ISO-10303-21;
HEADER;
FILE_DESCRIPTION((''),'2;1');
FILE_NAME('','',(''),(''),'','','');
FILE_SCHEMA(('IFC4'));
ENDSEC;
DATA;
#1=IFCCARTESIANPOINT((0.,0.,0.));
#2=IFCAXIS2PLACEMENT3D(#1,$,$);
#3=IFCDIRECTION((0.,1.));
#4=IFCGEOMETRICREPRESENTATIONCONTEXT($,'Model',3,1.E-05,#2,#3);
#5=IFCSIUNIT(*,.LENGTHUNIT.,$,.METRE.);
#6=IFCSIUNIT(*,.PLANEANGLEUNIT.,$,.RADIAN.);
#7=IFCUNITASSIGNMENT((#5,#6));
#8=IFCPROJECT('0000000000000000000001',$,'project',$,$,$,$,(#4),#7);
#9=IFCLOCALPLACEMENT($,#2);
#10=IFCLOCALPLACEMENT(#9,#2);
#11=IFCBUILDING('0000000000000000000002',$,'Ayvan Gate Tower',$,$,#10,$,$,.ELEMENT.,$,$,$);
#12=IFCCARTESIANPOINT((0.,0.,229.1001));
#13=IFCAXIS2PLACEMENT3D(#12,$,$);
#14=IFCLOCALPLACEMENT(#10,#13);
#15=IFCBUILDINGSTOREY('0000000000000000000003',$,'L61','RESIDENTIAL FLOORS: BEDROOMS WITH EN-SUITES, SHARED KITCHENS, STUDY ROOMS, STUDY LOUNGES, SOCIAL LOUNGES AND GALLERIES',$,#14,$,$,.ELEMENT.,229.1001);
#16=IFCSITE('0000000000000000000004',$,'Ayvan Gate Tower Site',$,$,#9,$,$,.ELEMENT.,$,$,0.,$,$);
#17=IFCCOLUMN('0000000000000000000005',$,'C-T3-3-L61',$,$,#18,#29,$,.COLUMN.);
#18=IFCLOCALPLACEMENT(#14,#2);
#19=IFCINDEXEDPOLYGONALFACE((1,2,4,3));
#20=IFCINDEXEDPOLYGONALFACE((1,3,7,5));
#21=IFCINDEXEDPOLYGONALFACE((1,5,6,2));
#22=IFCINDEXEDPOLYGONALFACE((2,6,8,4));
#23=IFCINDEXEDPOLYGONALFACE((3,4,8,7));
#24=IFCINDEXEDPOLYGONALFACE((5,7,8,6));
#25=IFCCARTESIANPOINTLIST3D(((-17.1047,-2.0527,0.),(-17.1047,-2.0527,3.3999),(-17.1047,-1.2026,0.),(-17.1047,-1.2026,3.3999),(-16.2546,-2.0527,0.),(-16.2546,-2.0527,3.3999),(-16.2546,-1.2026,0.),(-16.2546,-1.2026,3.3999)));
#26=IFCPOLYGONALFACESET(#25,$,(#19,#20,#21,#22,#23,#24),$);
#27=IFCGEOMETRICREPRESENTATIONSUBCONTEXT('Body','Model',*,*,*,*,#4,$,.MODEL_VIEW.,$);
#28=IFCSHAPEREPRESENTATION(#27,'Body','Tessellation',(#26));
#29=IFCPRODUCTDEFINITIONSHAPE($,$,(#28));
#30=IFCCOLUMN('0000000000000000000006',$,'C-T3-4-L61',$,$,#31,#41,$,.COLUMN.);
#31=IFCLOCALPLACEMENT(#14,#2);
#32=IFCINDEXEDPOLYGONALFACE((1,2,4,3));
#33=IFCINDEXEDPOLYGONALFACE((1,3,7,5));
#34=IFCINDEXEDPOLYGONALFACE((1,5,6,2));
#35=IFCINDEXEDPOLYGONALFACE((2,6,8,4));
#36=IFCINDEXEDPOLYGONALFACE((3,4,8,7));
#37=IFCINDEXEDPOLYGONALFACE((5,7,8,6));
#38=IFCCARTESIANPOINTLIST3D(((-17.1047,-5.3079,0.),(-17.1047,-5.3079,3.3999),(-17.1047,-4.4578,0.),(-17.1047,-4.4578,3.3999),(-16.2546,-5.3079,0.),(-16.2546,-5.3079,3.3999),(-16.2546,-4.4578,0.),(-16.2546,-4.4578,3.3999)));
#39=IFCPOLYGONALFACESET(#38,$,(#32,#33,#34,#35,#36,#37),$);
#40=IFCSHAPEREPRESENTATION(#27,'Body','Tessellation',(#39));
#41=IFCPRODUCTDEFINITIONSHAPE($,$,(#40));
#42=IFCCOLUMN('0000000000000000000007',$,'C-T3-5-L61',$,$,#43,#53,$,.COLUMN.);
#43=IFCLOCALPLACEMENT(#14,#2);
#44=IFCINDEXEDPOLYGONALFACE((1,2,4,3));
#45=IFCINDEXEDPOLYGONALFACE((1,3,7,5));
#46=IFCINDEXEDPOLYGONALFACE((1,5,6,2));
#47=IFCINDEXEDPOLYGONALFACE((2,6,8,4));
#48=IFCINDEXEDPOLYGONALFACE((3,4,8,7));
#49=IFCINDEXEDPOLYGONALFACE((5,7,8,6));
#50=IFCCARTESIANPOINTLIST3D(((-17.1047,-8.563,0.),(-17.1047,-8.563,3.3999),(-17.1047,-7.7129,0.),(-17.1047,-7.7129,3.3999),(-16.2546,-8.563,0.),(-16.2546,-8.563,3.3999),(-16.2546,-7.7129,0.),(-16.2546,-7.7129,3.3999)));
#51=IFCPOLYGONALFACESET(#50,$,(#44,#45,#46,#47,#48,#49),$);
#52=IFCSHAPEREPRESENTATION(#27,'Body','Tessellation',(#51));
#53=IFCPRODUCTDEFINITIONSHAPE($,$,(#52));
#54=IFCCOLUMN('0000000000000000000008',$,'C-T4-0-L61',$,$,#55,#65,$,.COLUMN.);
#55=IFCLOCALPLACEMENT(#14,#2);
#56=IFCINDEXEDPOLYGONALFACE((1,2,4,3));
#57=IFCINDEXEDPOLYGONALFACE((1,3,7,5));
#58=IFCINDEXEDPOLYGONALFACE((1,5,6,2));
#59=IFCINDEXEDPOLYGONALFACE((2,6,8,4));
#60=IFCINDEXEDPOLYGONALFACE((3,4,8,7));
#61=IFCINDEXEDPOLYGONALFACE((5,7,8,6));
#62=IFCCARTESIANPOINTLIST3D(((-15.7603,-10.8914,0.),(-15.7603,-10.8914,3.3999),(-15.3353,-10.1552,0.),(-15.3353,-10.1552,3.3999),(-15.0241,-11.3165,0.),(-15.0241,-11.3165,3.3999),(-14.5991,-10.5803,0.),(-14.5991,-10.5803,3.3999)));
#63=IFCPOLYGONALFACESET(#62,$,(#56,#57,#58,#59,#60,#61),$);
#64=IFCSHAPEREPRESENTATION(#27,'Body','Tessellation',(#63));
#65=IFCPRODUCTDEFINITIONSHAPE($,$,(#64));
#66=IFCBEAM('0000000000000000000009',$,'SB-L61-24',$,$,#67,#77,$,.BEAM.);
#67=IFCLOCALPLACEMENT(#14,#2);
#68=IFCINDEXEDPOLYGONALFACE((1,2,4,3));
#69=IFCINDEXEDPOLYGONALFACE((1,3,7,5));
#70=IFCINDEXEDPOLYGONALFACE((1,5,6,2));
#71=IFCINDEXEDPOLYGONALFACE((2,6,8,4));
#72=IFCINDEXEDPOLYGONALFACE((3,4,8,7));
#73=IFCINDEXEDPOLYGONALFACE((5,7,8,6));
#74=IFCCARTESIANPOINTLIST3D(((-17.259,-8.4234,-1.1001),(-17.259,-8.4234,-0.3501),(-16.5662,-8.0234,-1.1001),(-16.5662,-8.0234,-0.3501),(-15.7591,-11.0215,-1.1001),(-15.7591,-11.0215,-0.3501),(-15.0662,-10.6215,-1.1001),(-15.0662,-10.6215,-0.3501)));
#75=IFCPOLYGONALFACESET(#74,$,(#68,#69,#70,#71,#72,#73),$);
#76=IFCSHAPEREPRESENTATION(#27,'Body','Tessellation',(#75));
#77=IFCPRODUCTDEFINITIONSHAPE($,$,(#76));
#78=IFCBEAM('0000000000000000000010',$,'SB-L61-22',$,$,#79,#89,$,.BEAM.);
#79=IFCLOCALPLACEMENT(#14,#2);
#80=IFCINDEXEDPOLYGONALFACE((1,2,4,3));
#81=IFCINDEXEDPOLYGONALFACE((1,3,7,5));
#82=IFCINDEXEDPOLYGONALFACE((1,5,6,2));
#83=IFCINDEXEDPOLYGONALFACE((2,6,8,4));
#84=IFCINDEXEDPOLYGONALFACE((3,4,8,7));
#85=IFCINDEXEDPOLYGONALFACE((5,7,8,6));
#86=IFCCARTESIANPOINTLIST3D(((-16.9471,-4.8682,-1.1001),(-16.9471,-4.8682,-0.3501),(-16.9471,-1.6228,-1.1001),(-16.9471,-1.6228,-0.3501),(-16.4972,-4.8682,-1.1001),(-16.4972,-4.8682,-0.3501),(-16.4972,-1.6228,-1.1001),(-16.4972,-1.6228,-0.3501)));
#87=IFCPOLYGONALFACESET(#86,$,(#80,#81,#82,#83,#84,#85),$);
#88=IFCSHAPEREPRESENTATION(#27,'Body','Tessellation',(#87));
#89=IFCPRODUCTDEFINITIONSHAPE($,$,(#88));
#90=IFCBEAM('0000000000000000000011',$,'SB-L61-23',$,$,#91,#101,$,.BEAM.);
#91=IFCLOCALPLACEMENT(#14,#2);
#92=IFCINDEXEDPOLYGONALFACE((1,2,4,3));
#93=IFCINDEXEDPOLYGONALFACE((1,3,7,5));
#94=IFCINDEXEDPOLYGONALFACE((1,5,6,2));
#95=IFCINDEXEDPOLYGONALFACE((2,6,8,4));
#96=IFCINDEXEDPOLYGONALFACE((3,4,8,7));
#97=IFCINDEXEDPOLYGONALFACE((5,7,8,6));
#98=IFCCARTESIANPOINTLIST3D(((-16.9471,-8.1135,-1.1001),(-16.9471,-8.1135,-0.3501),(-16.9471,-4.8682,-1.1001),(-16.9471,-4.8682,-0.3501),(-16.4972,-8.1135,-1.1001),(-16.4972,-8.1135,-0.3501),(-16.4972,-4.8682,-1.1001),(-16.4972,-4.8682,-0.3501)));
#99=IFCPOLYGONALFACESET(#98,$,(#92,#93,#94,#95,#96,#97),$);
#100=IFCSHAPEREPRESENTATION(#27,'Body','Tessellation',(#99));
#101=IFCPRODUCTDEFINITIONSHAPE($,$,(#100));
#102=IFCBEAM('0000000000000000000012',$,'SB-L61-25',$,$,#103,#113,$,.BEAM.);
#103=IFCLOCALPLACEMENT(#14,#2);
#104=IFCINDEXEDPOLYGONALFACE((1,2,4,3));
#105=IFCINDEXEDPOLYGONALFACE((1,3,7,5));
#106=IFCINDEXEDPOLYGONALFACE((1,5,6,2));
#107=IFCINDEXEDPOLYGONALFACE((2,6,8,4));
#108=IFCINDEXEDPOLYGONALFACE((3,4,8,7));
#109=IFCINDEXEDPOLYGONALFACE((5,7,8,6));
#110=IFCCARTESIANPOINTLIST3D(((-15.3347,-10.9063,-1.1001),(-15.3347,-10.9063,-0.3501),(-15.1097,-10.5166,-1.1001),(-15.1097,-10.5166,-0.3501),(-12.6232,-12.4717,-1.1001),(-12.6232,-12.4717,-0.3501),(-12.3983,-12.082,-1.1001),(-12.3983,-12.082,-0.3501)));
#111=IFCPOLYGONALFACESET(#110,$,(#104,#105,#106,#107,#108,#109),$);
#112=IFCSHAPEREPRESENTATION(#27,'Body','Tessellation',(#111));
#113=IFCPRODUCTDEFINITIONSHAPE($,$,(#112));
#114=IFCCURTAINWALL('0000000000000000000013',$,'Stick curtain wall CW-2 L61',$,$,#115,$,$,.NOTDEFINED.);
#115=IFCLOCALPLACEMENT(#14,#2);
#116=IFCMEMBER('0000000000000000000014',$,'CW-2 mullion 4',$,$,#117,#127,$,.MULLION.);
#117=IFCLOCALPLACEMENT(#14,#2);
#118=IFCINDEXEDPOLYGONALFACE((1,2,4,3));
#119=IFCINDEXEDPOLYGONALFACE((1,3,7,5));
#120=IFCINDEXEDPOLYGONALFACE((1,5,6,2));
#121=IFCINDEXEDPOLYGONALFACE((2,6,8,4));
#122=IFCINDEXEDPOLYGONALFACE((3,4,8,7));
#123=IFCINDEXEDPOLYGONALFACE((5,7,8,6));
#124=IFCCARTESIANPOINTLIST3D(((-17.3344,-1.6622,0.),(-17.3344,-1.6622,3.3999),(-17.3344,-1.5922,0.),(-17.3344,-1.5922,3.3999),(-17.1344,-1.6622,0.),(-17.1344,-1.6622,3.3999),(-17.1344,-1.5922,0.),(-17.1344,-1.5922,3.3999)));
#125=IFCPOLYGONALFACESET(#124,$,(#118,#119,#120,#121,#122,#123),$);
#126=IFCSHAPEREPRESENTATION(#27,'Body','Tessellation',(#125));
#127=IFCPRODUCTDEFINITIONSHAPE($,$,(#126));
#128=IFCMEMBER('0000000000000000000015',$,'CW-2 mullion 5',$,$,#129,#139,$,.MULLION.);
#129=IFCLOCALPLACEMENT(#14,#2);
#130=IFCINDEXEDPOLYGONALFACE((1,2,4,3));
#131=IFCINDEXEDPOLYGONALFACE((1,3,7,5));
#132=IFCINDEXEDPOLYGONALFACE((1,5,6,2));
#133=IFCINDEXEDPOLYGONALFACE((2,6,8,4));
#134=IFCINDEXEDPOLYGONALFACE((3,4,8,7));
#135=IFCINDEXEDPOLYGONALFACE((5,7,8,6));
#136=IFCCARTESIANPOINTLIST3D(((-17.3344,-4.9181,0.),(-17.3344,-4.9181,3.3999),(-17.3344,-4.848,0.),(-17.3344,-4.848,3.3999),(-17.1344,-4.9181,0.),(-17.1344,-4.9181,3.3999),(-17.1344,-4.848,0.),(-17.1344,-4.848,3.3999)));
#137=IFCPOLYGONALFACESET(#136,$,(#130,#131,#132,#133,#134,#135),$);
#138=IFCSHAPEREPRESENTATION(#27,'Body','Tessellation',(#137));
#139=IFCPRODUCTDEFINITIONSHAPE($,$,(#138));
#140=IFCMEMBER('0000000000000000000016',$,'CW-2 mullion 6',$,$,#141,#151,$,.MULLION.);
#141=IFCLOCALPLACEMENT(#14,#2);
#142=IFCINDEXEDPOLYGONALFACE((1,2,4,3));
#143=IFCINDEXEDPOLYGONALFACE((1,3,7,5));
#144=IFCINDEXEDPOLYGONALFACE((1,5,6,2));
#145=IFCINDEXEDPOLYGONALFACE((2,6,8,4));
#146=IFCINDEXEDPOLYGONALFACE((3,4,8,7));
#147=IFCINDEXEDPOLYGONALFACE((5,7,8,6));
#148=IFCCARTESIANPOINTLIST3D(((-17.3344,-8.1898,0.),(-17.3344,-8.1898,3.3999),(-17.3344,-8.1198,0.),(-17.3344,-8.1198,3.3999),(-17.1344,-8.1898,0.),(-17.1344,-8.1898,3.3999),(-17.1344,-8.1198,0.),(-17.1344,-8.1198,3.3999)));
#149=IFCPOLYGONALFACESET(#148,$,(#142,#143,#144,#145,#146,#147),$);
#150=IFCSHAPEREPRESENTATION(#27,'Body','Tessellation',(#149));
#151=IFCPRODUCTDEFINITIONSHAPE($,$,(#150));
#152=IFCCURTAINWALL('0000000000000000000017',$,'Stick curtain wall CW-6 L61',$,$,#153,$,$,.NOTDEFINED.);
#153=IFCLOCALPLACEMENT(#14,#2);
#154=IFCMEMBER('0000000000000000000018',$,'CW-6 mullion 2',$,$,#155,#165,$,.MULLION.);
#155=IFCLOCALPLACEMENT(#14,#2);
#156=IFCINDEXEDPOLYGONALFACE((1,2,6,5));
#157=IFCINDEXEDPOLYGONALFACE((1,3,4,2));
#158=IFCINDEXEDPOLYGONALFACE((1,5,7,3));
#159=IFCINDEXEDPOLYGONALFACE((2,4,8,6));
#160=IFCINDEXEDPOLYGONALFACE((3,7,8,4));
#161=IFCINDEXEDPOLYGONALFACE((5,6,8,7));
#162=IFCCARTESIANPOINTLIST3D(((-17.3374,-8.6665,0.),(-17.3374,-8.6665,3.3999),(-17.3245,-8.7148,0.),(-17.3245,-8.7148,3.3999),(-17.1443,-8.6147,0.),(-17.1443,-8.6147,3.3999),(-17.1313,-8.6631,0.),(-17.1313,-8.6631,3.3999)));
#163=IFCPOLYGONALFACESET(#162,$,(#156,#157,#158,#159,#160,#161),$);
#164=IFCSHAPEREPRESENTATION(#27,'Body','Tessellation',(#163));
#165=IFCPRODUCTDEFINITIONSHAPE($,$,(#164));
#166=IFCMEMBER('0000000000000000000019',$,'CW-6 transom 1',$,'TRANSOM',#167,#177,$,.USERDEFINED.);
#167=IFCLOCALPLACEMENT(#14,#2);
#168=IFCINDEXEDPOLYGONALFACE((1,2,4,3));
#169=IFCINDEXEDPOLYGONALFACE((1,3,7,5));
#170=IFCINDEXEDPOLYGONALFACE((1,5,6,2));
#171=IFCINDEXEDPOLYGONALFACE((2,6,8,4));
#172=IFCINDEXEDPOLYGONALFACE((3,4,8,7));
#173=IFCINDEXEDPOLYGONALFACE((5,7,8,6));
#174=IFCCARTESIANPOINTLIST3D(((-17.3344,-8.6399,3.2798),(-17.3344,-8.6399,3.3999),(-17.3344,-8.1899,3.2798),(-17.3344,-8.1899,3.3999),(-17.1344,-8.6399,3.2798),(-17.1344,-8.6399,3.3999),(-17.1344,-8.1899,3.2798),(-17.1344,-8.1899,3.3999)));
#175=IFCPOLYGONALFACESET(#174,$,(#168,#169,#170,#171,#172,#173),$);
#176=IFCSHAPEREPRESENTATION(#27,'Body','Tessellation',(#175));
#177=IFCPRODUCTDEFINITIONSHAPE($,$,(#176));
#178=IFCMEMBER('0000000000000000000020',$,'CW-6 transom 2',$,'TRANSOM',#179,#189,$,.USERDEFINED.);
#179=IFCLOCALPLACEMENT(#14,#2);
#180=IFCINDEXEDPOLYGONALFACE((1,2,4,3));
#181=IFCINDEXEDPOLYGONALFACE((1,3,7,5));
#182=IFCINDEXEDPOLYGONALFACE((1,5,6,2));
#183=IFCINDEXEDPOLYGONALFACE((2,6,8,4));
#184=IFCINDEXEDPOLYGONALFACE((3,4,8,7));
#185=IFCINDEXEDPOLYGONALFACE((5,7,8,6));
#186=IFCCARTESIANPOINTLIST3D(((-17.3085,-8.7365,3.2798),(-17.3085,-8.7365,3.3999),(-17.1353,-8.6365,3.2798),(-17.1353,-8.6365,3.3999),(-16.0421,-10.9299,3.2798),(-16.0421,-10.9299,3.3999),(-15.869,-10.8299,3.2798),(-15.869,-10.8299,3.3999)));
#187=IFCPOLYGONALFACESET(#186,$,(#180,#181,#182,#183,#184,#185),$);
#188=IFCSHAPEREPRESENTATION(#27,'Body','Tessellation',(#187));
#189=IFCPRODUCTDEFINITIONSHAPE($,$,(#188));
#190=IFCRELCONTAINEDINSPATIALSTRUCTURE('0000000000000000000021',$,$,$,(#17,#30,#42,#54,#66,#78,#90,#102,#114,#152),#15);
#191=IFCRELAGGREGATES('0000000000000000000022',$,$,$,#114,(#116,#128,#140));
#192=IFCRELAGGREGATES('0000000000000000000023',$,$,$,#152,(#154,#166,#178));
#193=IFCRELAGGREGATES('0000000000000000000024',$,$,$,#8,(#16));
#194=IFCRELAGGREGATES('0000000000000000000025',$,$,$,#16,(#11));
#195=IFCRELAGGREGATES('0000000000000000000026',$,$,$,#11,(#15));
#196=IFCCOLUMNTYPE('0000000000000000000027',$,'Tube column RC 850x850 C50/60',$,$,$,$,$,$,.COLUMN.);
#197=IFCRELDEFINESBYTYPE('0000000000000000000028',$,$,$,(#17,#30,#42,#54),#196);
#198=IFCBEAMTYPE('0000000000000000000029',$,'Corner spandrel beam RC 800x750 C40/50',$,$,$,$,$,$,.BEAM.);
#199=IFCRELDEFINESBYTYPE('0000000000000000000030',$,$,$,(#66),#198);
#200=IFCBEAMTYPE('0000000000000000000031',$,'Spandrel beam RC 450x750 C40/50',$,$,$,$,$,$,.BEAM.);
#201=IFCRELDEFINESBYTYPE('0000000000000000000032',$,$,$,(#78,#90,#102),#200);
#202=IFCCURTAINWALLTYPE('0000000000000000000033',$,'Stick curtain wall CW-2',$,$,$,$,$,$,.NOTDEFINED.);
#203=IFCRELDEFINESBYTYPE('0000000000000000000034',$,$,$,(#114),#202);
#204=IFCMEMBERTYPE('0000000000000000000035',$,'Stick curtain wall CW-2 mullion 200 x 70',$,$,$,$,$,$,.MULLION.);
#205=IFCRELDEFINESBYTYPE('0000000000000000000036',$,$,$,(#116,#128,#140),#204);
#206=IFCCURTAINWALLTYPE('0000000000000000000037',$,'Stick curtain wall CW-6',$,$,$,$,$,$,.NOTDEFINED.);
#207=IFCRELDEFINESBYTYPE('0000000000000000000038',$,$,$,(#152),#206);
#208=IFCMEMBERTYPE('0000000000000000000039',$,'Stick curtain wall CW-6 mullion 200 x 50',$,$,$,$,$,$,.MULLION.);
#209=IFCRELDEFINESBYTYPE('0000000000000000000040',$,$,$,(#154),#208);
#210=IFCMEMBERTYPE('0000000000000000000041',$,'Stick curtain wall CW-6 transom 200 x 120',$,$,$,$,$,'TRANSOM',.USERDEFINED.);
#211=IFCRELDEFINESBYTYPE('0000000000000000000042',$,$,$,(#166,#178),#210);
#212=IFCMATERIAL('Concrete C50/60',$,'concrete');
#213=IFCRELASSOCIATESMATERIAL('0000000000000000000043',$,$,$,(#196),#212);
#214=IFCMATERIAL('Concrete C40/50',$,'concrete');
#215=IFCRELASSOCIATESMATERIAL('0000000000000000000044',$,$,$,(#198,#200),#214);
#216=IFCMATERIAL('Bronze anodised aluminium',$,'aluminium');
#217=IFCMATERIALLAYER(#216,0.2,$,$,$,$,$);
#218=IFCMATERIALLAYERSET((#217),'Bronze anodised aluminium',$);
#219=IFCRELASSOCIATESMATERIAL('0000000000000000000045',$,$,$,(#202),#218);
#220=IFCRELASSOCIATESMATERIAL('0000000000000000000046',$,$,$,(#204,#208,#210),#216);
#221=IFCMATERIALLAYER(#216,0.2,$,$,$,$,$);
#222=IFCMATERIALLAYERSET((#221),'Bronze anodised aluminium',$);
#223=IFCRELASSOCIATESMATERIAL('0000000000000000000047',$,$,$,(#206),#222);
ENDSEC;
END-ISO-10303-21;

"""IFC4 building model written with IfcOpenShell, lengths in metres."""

from ifc_helpers import new_model, si_unit, direction, frame, origin, origin_2d, place, context, subcontext, project, spatial, rectangle, extrude, material, layer, layer_set, material_profile, profile_set, type_object, element, aggregate, save


model = new_model("IFC4")

# Units and contexts
model_context = context("Model", 3, precision=1e-05, world=origin(), true_north=direction((0.0, 1.0)))
body_context = subcontext(model_context, "Body", "Model", "MODEL_VIEW")
ifc_project = project(units=[si_unit("LENGTHUNIT", "METRE"), si_unit("PLANEANGLEUNIT", "RADIAN")], contexts=[model_context])

# Site, building, storey
site_placement = place(None, origin())
site = spatial("IfcSite", under=ifc_project, at=site_placement, Name="Ayvan Gate Tower Site", CompositionType="ELEMENT", RefElevation=0.0)
building_placement = place(site_placement, origin())
building = spatial("IfcBuilding", under=site, at=building_placement, Name="Ayvan Gate Tower", CompositionType="ELEMENT")
storey_placement = place(building_placement, frame((0.0, 0.0, 229.1001)))
storey = spatial("IfcBuildingStorey", under=building, at=storey_placement, Name="L61", Description="RESIDENTIAL FLOORS: BEDROOMS WITH EN-SUITES, SHARED KITCHENS, STUDY ROOMS, STUDY LOUNGES, SOCIAL LOUNGES AND GALLERIES", CompositionType="ELEMENT", Elevation=229.1001)

# Columns
ifc_material_1 = material(Name="Concrete C50/60", Category="concrete")
ifc_material_profile_1 = material_profile(ifc_material_1, rectangle(XDim=0.8501, YDim=0.8501, at=origin_2d()), Name="RC 850x850")
ifc_profile_set_1 = profile_set([ifc_material_profile_1], Name="Concrete C50/60")
column_type = type_object("IfcColumnType", Name="Tube column RC 850x850 C50/60", PredefinedType="COLUMN", material=ifc_profile_set_1)
for number, where, z_axis, x_axis, name in (
    (1, (-16.6797, -1.6277, 0.0), (0.0, 0.0, 1.0), (-1.0, 0.0, 0.0), "C-T3-3-L61"),
    (2, (-16.6797, -4.8828, 0.0), (0.0, 0.0, 1.0), (-1.0, 0.0, 0.0), "C-T3-4-L61"),
    (3, (-16.6797, -8.1379, 0.0), (0.0, 0.0, 1.0), (-1.0, 0.0, 0.0), "C-T3-5-L61"),
    (4, (-15.1797, -10.7358, 0.0), (0.0, 0.0, 1.0), (-0.5, -0.866025, 0.0), "C-T4-0-L61"),
):
    element("IfcColumn", number, at=place(storey_placement, frame(where, z_axis=z_axis, x_axis=x_axis)), inside=storey, type_object=column_type, Name=name, PredefinedType="COLUMN", context=body_context, shape_type="SweptSolid", body=[
        extrude(rectangle(XDim=0.8501, YDim=0.8501, at=origin_2d()), origin(), (0.0, 0.0, 1.0), 3.3999),
    ])

# Beams
ifc_material_2 = material(Name="Concrete C40/50", Category="concrete")
ifc_material_profile_2 = material_profile(ifc_material_2, rectangle(XDim=0.8, YDim=0.75, at=origin_2d()), Name="RC 800x750")
ifc_profile_set_2 = profile_set([ifc_material_profile_2], Name="Concrete C40/50")
beam_type_1 = type_object("IfcBeamType", Name="Corner spandrel beam RC 800x750 C40/50", PredefinedType="BEAM", material=ifc_profile_set_2)
beam_1_placement = place(storey_placement, frame((-16.9126, -8.2234, -0.7251), z_axis=(0.49999, -0.866031, 0.0), x_axis=(0.866031, 0.49999, 0.0)))
element("IfcBeam", 5, at=beam_1_placement, inside=storey, type_object=beam_type_1, Name="SB-L61-24", PredefinedType="BEAM", context=body_context, shape_type="SweptSolid", body=[
    extrude(rectangle(XDim=0.8, YDim=0.75, at=origin_2d()), origin(), (0.0, 0.0, 1.0), 3.0),
])
ifc_material_profile_3 = material_profile(ifc_material_2, rectangle(XDim=0.45, YDim=0.75, at=origin_2d()), Name="RC 450x750")
ifc_profile_set_3 = profile_set([ifc_material_profile_3], Name="Concrete C40/50")
beam_type_2 = type_object("IfcBeamType", Name="Spandrel beam RC 450x750 C40/50", PredefinedType="BEAM", material=ifc_profile_set_3)
for number, where, z_axis, x_axis, name in (
    (6, (-16.7222, -1.6228, -0.7251), (0.0, -1.0, 0.0), (1.0, 0.0, 0.0), "SB-L61-22"),
    (7, (-16.7222, -4.8682, -0.7251), (0.0, -1.0, 0.0), (1.0, 0.0, 0.0), "SB-L61-23"),
):
    element("IfcBeam", number, at=place(storey_placement, frame(where, z_axis=z_axis, x_axis=x_axis)), inside=storey, type_object=beam_type_2, Name=name, PredefinedType="BEAM", context=body_context, shape_type="SweptSolid", body=[
        extrude(rectangle(XDim=0.45, YDim=0.75, at=origin_2d()), origin(), (0.0, 0.0, 1.0), 3.2454),
    ])
beam_2_placement = place(storey_placement, frame((-15.2222, -10.7114, -0.7251), z_axis=(0.866027, -0.499997, 0.0), x_axis=(0.499997, 0.866027, 0.0)))
element("IfcBeam", 8, at=beam_2_placement, inside=storey, type_object=beam_type_2, Name="SB-L61-25", PredefinedType="BEAM", context=body_context, shape_type="SweptSolid", body=[
    extrude(rectangle(XDim=0.45, YDim=0.75, at=origin_2d()), origin(), (0.0, 0.0, 1.0), 3.1309),
])

# Curtain walls, members
ifc_material_3 = material(Name="Bronze anodised aluminium", Category="aluminium")
ifc_layer_1 = layer(ifc_material_3, 0.2)
ifc_layer_set_1 = layer_set([ifc_layer_1], Name="Bronze anodised aluminium")
curtain_wall_type_1 = type_object("IfcCurtainWallType", Name="Stick curtain wall CW-2", PredefinedType="NOTDEFINED", material=ifc_layer_set_1)
curtain_wall_1_placement = place(storey_placement, origin())
curtain_wall_1 = element("IfcCurtainWall", 9, at=curtain_wall_1_placement, inside=storey, type_object=curtain_wall_type_1, Name="Stick curtain wall CW-2 L61", PredefinedType="NOTDEFINED")
ifc_material_profile_4 = material_profile(ifc_material_3, rectangle(XDim=0.2, YDim=0.0701, at=origin_2d()), Name="Stick curtain wall CW-2 mullion 200 x 70")
ifc_profile_set_4 = profile_set([ifc_material_profile_4], Name="Bronze anodised aluminium")
member_type_1 = type_object("IfcMemberType", Name="Stick curtain wall CW-2 mullion 200 x 70", PredefinedType="MULLION", material=ifc_profile_set_4)
member_1_placement = place(storey_placement, frame((-17.2344, -1.6272, 0.0), z_axis=(0.0, 0.0, 1.0), x_axis=(-1.0, 0.0, 0.0)))
member_1 = element("IfcMember", 10, at=member_1_placement, type_object=member_type_1, Name="CW-2 mullion 4", PredefinedType="MULLION", context=body_context, shape_type="SweptSolid", body=[
    extrude(rectangle(XDim=0.2, YDim=0.0701, at=origin_2d()), origin(), (0.0, 0.0, 1.0), 3.3999),
])
member_2_placement = place(storey_placement, frame((-17.2344, -4.8831, 0.0), z_axis=(0.0, 0.0, 1.0), x_axis=(-1.0, 0.0, 0.0)))
member_2 = element("IfcMember", 11, at=member_2_placement, type_object=member_type_1, Name="CW-2 mullion 5", PredefinedType="MULLION", context=body_context, shape_type="SweptSolid", body=[
    extrude(rectangle(XDim=0.2, YDim=0.0701, at=origin_2d()), origin(), (0.0, 0.0, 1.0), 3.3999),
])
member_3_placement = place(storey_placement, frame((-17.2344, -8.1548, 0.0), z_axis=(0.0, 0.0, 1.0), x_axis=(-1.0, 0.0, 0.0)))
member_3 = element("IfcMember", 12, at=member_3_placement, type_object=member_type_1, Name="CW-2 mullion 6", PredefinedType="MULLION", context=body_context, shape_type="SweptSolid", body=[
    extrude(rectangle(XDim=0.2, YDim=0.0701, at=origin_2d()), origin(), (0.0, 0.0, 1.0), 3.3999),
])
ifc_layer_2 = layer(ifc_material_3, 0.2)
ifc_layer_set_2 = layer_set([ifc_layer_2], Name="Bronze anodised aluminium")
curtain_wall_type_2 = type_object("IfcCurtainWallType", Name="Stick curtain wall CW-6", PredefinedType="NOTDEFINED", material=ifc_layer_set_2)
curtain_wall_2_placement = place(storey_placement, origin())
curtain_wall_2 = element("IfcCurtainWall", 13, at=curtain_wall_2_placement, inside=storey, type_object=curtain_wall_type_2, Name="Stick curtain wall CW-6 L61", PredefinedType="NOTDEFINED")
ifc_material_profile_5 = material_profile(ifc_material_3, rectangle(XDim=0.2, YDim=0.05, at=origin_2d()), Name="Stick curtain wall CW-6 mullion 200 x 50")
ifc_profile_set_5 = profile_set([ifc_material_profile_5], Name="Bronze anodised aluminium")
member_type_2 = type_object("IfcMemberType", Name="Stick curtain wall CW-6 mullion 200 x 50", PredefinedType="MULLION", material=ifc_profile_set_5)
member_4_placement = place(storey_placement, frame((-17.2344, -8.6648, 0.0), z_axis=(0.0, 0.0, 1.0), x_axis=(-0.965926, -0.258819, 0.0)))
member_4 = element("IfcMember", 14, at=member_4_placement, type_object=member_type_2, Name="CW-6 mullion 2", PredefinedType="MULLION", context=body_context, shape_type="SweptSolid", body=[
    extrude(rectangle(XDim=0.2, YDim=0.05, at=origin_2d()), origin(), (0.0, 0.0, 1.0), 3.3999),
])
ifc_material_profile_6 = material_profile(ifc_material_3, rectangle(XDim=0.2, YDim=0.1201, at=origin_2d()), Name="Stick curtain wall CW-6 transom 200 x 120")
ifc_profile_set_6 = profile_set([ifc_material_profile_6], Name="Bronze anodised aluminium")
member_type_3 = type_object("IfcMemberType", Name="Stick curtain wall CW-6 transom 200 x 120", ElementType="TRANSOM", PredefinedType="USERDEFINED", material=ifc_profile_set_6)
member_5_placement = place(storey_placement, frame((-17.2344, -8.1899, 3.3398), z_axis=(0.0, -1.0, 0.0), x_axis=(1.0, 0.0, 0.0)))
member_5 = element("IfcMember", 15, at=member_5_placement, type_object=member_type_3, Name="CW-6 transom 1", ObjectType="TRANSOM", PredefinedType="USERDEFINED", context=body_context, shape_type="SweptSolid", body=[
    extrude(rectangle(XDim=0.2, YDim=0.1201, at=origin_2d()), origin(), (0.0, 0.0, 1.0), 0.45),
])
member_6_placement = place(storey_placement, frame((-17.2219, -8.6865, 3.3398), z_axis=(0.500006, -0.866022, 0.0), x_axis=(0.866022, 0.500006, 0.0)))
member_6 = element("IfcMember", 16, at=member_6_placement, type_object=member_type_3, Name="CW-6 transom 2", ObjectType="TRANSOM", PredefinedType="USERDEFINED", context=body_context, shape_type="SweptSolid", body=[
    extrude(rectangle(XDim=0.2, YDim=0.1201, at=origin_2d()), origin(), (0.0, 0.0, 1.0), 2.5327),
])

aggregate(curtain_wall_1, [member_1, member_2, member_3])
aggregate(curtain_wall_2, [member_4, member_5, member_6])

save(model, "model.ifc")
